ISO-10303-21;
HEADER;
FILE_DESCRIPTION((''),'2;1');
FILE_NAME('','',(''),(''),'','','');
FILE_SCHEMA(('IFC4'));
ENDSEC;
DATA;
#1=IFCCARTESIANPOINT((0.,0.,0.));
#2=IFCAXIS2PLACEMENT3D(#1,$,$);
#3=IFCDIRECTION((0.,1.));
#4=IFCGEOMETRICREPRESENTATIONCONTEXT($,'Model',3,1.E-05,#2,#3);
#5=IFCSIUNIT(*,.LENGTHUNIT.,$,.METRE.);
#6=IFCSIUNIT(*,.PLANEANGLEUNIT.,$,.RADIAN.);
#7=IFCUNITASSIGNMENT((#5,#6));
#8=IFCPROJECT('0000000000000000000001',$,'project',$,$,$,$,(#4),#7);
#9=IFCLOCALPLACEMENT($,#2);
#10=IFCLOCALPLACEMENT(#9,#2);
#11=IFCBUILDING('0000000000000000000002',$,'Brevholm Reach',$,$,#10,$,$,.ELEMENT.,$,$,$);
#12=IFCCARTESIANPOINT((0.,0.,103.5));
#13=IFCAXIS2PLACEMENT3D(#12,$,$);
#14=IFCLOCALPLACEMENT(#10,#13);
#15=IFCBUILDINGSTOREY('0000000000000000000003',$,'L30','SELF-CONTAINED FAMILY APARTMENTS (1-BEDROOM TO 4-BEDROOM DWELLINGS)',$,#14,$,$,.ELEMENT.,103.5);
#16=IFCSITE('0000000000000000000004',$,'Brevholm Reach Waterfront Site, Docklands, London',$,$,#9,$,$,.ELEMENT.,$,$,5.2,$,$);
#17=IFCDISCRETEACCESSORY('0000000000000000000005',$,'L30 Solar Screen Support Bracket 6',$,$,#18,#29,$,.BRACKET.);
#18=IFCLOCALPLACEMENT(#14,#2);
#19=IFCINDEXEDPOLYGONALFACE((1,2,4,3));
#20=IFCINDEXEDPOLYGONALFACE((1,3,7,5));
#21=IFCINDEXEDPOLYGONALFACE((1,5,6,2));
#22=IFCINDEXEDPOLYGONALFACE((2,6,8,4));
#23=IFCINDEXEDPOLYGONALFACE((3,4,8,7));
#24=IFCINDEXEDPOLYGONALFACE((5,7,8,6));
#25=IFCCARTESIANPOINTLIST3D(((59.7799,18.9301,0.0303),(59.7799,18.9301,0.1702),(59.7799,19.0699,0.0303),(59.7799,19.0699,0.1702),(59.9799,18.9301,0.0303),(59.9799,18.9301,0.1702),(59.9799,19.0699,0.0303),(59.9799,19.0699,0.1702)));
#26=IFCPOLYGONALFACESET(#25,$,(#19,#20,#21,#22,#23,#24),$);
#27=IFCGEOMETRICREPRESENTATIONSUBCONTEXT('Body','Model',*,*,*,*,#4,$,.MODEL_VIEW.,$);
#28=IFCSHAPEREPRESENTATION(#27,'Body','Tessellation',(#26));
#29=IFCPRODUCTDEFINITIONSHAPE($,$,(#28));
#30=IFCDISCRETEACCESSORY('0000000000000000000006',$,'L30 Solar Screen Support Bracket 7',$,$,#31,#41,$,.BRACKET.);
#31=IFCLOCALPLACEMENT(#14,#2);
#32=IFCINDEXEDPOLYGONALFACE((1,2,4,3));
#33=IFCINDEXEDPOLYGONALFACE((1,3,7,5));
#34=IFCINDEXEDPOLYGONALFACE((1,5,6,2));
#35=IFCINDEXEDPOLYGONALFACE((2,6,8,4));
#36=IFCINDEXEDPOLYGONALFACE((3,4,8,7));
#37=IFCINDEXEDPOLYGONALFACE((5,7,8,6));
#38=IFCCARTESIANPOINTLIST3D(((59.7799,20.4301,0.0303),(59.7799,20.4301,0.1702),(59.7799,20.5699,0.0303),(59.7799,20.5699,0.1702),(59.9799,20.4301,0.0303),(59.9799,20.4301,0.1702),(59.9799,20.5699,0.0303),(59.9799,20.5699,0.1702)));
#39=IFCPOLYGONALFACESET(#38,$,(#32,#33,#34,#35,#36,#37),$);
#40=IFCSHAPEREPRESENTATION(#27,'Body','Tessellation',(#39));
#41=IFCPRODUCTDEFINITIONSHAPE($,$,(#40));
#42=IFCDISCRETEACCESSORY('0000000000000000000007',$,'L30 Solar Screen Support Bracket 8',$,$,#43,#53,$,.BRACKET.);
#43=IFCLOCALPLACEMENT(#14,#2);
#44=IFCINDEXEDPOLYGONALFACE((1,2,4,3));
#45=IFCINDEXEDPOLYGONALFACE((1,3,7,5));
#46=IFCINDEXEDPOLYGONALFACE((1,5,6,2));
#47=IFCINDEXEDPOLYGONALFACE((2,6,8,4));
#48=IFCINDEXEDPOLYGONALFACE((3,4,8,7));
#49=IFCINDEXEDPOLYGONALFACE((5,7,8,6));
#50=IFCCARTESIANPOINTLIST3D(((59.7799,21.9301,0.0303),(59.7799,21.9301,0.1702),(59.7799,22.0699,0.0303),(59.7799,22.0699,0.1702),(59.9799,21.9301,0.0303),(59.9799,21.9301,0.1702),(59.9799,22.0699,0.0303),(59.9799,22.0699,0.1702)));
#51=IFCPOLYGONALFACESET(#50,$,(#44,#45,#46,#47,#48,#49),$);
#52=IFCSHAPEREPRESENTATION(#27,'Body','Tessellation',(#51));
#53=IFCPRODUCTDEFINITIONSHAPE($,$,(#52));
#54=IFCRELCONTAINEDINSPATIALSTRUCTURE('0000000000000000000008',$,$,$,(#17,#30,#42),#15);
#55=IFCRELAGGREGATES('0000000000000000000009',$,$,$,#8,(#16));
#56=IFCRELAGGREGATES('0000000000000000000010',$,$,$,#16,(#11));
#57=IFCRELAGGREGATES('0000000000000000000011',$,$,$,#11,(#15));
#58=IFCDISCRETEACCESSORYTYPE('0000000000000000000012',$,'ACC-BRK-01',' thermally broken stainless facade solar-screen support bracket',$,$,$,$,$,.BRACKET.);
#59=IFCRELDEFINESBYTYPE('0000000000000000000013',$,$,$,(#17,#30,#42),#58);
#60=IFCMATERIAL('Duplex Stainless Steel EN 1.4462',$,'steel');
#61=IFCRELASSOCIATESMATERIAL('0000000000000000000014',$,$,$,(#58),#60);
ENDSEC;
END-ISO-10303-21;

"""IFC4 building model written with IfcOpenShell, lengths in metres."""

from ifc_helpers import new_model, si_unit, direction, frame, origin, origin_2d, place, context, subcontext, project, spatial, rectangle, extrude, material, type_object, element, save


model = new_model("IFC4")

# Units and contexts
model_context = context("Model", 3, precision=1e-05, world=origin(), true_north=direction((0.0, 1.0)))
body_context = subcontext(model_context, "Body", "Model", "MODEL_VIEW")
ifc_project = project(units=[si_unit("LENGTHUNIT", "METRE"), si_unit("PLANEANGLEUNIT", "RADIAN")], contexts=[model_context])

# Site, building, storey
site_placement = place(None, origin())
site = spatial("IfcSite", under=ifc_project, at=site_placement, Name="Brevholm Reach Waterfront Site, Docklands, London", CompositionType="ELEMENT", RefElevation=5.2)
building_placement = place(site_placement, origin())
building = spatial("IfcBuilding", under=site, at=building_placement, Name="Brevholm Reach", CompositionType="ELEMENT")
storey_placement = place(building_placement, frame((0.0, 0.0, 103.5)))
storey = spatial("IfcBuildingStorey", under=building, at=storey_placement, Name="L30", Description="SELF-CONTAINED FAMILY APARTMENTS (1-BEDROOM TO 4-BEDROOM DWELLINGS)", CompositionType="ELEMENT", Elevation=103.5)

# Discrete accessories
ifc_material_1 = material(Name="Duplex Stainless Steel EN 1.4462", Category="steel")
discrete_accessory_type = type_object("IfcDiscreteAccessoryType", Name="ACC-BRK-01", Description=" thermally broken stainless facade solar-screen support bracket", PredefinedType="BRACKET", material=ifc_material_1)
for number, where, z_axis, x_axis, name in (
    (1, (59.8799, 19.0, 0.0303), (0.0, 0.0, 1.0), (1.0, 0.0, 0.0), "L30 Solar Screen Support Bracket 6"),
    (2, (59.8799, 20.5, 0.0303), (0.0, 0.0, 1.0), (1.0, 0.0, 0.0), "L30 Solar Screen Support Bracket 7"),
    (3, (59.8799, 22.0, 0.0303), (0.0, 0.0, 1.0), (1.0, 0.0, 0.0), "L30 Solar Screen Support Bracket 8"),
):
    element("IfcDiscreteAccessory", number, at=place(storey_placement, frame(where, z_axis=z_axis, x_axis=x_axis)), inside=storey, type_object=discrete_accessory_type, Name=name, PredefinedType="BRACKET", context=body_context, shape_type="SweptSolid", body=[
        extrude(rectangle(XDim=0.2, YDim=0.1399, at=origin_2d()), origin(), (0.0, 0.0, 1.0), 0.1399),
    ])

save(model, "model.ifc")
